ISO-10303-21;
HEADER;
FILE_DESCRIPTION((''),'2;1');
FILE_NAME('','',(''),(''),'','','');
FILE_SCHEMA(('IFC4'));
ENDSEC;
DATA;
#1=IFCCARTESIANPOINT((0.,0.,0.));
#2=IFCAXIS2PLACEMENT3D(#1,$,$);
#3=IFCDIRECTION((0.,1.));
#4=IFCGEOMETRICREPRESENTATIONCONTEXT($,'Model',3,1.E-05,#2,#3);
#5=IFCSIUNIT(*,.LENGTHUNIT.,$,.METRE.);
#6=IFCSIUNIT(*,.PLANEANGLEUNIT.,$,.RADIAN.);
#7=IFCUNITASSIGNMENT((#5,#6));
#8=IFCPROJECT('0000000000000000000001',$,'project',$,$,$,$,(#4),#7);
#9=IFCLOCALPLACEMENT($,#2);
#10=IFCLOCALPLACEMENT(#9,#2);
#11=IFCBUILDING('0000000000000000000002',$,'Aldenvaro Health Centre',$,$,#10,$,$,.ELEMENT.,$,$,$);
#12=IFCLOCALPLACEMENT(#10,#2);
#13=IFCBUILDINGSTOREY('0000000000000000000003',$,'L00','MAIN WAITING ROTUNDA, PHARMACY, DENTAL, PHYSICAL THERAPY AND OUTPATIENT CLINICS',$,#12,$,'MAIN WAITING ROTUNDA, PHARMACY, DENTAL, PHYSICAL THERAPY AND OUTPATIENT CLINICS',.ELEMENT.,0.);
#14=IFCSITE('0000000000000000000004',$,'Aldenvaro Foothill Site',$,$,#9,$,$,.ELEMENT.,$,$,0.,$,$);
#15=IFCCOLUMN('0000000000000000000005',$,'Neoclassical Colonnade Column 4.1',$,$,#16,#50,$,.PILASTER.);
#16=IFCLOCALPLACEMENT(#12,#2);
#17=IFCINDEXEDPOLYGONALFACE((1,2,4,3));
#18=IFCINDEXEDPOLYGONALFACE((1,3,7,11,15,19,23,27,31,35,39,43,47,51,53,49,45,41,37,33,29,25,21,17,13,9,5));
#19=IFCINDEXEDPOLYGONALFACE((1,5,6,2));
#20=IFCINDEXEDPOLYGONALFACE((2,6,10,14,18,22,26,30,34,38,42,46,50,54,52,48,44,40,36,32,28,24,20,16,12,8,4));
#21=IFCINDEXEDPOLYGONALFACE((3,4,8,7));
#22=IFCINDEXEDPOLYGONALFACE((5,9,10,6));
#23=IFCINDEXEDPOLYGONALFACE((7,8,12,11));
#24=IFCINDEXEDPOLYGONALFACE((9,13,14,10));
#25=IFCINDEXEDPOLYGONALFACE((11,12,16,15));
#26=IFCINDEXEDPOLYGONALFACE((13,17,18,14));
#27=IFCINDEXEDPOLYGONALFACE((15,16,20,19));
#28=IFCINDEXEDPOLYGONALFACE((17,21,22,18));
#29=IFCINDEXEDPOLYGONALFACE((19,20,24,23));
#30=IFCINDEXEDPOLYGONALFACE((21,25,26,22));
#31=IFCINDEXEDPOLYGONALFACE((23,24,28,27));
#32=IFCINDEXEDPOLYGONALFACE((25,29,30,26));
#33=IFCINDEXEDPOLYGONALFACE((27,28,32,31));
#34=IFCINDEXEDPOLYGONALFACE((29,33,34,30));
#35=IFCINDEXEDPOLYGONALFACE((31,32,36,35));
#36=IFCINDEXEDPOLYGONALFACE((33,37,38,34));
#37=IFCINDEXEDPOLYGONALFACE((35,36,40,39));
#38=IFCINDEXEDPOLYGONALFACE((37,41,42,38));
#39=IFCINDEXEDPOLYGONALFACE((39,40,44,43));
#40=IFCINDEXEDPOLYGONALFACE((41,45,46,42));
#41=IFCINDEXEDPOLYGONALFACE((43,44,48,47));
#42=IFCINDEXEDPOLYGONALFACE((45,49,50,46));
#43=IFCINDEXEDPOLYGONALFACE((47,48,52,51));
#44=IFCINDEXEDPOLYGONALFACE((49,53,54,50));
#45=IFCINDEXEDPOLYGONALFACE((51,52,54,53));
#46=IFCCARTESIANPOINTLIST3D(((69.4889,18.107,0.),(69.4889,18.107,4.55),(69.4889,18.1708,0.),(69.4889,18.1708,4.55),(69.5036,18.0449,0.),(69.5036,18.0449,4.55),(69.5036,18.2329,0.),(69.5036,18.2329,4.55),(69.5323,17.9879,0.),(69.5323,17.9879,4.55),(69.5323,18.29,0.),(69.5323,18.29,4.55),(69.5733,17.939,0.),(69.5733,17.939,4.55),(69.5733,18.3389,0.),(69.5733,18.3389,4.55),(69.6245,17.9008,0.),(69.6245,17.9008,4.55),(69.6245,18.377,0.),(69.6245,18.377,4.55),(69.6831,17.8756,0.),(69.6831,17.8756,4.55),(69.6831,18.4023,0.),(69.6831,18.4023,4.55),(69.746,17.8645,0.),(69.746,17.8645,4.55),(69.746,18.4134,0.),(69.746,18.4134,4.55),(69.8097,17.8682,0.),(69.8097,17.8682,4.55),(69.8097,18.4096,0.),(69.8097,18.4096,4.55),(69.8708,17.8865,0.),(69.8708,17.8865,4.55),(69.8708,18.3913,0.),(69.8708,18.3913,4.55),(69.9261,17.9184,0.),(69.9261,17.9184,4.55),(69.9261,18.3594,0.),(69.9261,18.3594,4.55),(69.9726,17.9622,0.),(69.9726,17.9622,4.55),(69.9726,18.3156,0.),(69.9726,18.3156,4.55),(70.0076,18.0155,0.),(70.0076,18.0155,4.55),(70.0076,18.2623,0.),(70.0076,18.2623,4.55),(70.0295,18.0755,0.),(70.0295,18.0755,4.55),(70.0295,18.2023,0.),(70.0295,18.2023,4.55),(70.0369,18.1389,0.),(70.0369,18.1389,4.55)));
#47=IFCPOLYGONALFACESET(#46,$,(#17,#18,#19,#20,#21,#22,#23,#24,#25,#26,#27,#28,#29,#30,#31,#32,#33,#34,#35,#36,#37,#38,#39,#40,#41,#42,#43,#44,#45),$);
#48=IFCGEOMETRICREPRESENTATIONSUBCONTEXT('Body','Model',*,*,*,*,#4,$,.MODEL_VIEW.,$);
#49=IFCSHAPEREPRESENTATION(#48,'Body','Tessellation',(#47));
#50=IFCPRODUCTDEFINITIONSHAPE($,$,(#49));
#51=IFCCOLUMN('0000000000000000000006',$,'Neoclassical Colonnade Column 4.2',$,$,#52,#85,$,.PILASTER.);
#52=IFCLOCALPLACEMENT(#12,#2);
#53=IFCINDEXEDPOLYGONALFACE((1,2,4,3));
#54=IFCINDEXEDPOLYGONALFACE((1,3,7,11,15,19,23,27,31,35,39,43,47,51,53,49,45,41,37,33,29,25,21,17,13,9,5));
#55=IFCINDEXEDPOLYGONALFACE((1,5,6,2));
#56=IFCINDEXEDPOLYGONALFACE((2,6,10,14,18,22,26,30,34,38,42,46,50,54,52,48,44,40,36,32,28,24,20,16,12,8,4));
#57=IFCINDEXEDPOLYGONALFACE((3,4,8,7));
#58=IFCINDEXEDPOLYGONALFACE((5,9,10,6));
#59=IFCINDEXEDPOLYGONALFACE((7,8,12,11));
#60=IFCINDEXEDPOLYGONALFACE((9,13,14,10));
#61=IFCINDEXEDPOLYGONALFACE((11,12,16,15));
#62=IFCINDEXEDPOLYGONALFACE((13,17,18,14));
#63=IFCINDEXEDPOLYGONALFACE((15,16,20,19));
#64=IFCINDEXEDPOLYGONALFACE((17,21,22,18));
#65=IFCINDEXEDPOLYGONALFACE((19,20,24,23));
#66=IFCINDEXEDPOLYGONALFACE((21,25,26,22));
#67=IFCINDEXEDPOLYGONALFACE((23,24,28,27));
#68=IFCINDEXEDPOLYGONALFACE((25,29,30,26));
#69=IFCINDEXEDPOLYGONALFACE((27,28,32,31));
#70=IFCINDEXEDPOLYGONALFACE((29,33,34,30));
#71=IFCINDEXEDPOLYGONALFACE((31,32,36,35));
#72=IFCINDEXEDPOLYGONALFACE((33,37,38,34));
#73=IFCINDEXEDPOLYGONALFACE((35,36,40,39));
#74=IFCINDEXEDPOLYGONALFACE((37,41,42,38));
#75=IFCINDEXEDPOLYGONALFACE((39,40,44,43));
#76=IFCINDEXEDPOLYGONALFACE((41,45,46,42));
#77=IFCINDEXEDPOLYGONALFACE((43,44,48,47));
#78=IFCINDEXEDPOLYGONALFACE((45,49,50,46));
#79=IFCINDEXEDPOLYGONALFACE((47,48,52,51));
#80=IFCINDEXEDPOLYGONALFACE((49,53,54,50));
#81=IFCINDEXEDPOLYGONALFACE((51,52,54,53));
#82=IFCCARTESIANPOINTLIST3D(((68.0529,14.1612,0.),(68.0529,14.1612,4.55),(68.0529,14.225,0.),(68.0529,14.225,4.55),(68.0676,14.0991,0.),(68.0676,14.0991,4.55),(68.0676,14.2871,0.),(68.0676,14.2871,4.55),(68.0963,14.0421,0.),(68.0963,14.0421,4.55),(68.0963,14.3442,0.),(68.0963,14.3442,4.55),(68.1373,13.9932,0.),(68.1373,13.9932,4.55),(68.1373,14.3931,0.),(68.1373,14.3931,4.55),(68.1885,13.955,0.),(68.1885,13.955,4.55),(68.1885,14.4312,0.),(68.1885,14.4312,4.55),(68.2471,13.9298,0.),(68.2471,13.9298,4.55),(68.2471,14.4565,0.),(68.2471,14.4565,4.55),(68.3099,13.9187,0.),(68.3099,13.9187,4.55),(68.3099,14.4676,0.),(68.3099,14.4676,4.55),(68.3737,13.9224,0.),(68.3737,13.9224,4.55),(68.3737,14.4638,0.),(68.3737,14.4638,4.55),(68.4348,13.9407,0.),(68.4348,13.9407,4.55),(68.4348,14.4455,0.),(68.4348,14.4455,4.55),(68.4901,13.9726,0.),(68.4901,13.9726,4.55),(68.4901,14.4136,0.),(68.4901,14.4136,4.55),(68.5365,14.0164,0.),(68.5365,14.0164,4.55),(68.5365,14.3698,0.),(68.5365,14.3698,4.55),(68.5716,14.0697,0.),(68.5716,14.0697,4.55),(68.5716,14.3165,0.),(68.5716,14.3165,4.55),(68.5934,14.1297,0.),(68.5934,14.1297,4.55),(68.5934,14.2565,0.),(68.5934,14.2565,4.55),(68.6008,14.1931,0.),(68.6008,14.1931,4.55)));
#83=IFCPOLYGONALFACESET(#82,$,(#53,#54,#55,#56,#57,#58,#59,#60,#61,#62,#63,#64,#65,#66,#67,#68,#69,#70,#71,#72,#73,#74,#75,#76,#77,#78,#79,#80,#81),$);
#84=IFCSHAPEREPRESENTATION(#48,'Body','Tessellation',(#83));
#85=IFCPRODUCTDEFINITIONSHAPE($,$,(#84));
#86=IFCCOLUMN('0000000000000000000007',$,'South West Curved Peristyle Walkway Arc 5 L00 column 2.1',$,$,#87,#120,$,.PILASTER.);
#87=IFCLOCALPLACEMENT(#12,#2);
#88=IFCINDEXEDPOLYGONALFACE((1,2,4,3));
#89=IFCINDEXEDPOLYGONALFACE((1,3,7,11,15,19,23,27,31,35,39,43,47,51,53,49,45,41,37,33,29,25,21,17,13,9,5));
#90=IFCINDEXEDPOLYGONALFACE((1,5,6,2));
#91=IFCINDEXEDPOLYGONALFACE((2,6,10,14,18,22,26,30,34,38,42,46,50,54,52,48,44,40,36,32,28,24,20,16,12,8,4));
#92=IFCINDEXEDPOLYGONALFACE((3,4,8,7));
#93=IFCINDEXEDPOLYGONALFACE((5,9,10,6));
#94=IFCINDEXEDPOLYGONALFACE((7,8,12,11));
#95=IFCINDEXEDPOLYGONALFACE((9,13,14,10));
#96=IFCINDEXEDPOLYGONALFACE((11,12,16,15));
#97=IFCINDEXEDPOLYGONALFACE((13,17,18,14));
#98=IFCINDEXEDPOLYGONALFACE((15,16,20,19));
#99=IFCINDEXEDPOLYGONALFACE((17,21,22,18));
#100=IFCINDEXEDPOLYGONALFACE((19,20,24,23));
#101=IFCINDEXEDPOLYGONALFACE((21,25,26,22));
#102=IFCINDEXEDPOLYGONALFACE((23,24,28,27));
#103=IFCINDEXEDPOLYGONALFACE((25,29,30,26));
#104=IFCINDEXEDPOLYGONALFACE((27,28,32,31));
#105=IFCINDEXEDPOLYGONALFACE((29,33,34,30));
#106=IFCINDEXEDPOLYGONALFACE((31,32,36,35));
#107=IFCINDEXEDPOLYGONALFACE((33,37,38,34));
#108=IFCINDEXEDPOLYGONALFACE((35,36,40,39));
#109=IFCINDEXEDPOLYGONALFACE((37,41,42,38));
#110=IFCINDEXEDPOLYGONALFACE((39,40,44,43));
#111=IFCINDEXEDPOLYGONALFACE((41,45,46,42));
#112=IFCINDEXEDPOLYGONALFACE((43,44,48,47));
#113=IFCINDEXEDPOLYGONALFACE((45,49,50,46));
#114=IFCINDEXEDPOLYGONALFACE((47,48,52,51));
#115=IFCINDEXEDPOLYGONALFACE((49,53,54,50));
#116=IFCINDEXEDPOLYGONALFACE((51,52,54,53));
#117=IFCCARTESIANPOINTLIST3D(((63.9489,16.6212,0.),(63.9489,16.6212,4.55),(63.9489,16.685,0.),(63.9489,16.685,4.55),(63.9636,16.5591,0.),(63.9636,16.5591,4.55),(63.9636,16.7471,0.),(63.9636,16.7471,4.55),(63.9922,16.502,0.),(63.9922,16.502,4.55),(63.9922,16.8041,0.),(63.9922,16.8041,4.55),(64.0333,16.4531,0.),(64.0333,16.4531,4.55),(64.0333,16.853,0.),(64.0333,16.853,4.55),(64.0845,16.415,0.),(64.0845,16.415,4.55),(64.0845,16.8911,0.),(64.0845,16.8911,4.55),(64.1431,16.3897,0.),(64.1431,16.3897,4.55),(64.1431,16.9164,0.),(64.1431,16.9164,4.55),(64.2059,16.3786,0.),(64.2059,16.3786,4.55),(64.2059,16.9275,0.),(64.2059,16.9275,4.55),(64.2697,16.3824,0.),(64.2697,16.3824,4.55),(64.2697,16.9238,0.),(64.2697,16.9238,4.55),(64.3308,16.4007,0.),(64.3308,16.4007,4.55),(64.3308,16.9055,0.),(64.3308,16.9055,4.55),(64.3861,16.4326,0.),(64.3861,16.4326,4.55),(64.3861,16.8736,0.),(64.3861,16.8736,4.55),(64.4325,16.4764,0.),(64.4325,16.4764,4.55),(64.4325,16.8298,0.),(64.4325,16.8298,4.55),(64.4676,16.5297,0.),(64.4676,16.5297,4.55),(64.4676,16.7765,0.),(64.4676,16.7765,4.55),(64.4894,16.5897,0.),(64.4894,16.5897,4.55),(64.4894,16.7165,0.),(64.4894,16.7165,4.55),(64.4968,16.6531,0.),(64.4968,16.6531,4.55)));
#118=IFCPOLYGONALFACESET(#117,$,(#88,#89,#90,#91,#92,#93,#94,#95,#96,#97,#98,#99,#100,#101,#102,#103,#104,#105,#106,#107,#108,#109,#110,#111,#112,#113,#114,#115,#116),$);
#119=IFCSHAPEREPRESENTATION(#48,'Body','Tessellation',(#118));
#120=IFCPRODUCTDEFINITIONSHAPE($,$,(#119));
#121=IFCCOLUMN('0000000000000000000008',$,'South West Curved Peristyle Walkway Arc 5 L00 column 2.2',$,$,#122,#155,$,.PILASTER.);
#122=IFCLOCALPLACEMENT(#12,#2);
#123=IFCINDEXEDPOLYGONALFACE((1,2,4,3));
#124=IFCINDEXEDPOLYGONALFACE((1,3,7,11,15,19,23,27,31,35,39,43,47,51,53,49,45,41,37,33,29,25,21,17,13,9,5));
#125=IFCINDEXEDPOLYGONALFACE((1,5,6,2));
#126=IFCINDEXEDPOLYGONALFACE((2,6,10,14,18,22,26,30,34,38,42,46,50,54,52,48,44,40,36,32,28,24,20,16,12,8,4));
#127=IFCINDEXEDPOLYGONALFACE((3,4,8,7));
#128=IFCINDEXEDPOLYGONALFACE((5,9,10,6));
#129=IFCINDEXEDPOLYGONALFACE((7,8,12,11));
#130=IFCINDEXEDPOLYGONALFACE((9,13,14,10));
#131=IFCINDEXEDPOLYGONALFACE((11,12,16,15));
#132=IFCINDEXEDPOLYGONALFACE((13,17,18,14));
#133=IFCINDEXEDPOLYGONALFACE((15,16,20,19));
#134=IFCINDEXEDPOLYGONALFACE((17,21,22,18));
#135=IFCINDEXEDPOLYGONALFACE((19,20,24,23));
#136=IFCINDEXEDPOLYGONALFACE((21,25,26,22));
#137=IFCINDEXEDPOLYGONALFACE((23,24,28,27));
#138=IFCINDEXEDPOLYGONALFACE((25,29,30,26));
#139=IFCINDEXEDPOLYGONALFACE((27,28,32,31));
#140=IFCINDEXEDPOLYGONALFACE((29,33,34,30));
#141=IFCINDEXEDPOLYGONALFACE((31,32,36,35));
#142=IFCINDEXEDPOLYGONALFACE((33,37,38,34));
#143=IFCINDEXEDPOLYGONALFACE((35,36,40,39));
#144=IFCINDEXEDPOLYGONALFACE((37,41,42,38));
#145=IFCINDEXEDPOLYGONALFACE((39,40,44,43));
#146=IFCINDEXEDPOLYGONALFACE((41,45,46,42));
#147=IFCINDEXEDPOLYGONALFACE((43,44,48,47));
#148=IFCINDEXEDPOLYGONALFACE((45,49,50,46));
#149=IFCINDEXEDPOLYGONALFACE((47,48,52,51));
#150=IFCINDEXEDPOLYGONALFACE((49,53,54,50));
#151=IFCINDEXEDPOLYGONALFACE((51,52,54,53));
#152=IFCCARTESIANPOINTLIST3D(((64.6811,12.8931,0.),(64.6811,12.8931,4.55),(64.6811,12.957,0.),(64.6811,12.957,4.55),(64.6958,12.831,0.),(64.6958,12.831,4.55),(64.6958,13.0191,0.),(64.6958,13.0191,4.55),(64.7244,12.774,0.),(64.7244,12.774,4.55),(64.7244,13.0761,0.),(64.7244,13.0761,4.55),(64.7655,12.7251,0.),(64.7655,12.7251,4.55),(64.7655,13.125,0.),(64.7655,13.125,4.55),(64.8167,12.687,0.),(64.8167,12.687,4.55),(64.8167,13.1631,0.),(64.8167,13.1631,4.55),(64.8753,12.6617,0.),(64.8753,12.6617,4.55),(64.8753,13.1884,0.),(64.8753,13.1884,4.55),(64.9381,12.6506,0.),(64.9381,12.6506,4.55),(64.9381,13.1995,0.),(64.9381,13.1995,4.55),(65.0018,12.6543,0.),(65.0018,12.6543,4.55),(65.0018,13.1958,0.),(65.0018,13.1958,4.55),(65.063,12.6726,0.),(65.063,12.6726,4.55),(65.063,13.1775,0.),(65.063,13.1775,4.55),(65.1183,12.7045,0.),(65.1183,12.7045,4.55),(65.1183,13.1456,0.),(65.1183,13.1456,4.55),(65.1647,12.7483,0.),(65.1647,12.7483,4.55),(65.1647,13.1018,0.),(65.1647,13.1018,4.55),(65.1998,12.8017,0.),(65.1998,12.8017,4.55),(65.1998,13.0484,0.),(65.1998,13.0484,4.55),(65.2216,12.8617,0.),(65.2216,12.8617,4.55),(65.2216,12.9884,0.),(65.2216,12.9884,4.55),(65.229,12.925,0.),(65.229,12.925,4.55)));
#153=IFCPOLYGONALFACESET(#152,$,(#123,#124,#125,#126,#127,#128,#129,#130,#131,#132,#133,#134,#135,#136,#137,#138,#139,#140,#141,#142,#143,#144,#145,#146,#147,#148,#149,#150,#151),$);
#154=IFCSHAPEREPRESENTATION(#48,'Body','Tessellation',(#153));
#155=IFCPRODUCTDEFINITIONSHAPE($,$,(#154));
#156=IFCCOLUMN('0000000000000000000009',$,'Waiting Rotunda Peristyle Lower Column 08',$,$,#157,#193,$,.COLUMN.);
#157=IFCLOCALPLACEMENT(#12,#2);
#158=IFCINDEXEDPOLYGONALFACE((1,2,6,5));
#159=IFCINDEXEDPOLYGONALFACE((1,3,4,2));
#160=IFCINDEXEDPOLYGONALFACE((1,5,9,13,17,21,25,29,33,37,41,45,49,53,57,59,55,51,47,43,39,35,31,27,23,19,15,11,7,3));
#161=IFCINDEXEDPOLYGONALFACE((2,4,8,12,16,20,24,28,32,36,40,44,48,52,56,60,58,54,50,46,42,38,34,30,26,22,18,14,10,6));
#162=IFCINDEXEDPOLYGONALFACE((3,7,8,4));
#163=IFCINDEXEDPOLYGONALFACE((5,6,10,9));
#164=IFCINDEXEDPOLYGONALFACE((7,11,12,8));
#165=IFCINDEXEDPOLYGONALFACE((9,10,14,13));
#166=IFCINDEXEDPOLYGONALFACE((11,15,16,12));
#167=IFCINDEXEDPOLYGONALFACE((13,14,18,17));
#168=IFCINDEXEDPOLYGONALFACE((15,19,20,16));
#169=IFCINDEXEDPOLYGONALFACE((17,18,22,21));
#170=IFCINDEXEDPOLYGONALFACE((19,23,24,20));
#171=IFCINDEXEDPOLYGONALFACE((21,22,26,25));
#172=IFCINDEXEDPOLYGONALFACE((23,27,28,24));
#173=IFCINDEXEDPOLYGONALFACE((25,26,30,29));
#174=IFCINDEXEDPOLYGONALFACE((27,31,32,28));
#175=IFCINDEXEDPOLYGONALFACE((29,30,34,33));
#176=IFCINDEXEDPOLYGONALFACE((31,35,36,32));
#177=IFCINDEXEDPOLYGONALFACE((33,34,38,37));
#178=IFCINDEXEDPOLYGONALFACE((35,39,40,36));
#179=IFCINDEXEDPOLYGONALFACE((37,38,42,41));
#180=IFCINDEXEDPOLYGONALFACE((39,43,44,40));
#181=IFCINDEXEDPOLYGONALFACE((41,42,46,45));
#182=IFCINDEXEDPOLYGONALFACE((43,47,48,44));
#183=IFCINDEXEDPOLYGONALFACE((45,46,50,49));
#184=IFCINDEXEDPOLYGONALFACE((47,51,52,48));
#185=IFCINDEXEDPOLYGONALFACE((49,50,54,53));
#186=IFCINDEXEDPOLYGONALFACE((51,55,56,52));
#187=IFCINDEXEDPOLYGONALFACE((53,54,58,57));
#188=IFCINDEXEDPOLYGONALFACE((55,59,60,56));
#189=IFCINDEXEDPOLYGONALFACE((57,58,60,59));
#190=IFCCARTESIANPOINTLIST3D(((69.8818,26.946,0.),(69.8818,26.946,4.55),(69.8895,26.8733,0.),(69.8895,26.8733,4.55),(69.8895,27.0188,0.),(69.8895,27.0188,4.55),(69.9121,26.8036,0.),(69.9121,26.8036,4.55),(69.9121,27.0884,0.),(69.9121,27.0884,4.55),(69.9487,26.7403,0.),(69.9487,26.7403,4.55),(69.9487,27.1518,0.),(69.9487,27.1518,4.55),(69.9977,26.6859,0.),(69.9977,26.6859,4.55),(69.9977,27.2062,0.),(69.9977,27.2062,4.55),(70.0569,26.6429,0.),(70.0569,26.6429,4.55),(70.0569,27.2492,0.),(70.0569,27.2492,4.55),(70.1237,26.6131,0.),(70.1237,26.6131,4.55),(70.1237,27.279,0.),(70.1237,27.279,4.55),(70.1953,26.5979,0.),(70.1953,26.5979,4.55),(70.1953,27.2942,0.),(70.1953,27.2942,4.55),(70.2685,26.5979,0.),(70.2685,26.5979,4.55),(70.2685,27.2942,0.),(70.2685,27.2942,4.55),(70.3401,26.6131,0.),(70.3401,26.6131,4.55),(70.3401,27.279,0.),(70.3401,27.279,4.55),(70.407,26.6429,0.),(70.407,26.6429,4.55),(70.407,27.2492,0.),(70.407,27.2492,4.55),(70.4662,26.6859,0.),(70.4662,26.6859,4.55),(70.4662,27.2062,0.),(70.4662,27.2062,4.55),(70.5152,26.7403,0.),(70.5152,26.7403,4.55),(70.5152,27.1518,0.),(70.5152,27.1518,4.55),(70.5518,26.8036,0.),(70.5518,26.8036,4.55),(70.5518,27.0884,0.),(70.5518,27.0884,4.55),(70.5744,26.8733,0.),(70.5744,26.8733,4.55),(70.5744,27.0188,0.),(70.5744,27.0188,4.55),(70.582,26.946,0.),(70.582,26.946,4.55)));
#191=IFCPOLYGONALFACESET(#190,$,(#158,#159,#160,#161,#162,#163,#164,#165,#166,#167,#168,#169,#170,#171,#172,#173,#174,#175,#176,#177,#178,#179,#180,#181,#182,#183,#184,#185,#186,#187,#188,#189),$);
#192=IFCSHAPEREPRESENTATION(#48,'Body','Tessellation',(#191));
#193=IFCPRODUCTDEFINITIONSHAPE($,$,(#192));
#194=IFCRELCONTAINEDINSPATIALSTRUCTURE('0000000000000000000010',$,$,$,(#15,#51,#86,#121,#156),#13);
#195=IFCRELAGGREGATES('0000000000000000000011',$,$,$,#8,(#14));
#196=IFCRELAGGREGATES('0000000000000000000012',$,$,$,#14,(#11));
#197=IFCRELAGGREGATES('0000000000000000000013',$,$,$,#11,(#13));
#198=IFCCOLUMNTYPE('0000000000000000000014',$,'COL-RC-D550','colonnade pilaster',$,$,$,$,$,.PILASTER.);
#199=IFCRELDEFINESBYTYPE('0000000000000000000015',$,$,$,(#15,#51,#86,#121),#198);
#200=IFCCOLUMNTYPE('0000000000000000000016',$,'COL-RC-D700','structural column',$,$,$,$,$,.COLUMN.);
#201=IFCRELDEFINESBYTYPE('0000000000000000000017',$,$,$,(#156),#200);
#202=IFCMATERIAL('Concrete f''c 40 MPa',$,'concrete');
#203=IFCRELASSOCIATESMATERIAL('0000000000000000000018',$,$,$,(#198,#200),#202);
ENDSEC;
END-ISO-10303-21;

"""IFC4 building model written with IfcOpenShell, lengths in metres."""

from ifc_helpers import new_model, si_unit, direction, frame, origin, origin_2d, place, context, subcontext, project, spatial, circle, extrude, material, material_profile, profile_set, type_object, element, save


model = new_model("IFC4")

# Units and contexts
model_context = context("Model", 3, precision=1e-05, world=origin(), true_north=direction((0.0, 1.0)))
body_context = subcontext(model_context, "Body", "Model", "MODEL_VIEW")
ifc_project = project(units=[si_unit("LENGTHUNIT", "METRE"), si_unit("PLANEANGLEUNIT", "RADIAN")], contexts=[model_context])

# Site, building, storey
site_placement = place(None, origin())
site = spatial("IfcSite", under=ifc_project, at=site_placement, Name="Aldenvaro Foothill Site", CompositionType="ELEMENT", RefElevation=0.0)
building_placement = place(site_placement, origin())
building = spatial("IfcBuilding", under=site, at=building_placement, Name="Aldenvaro Health Centre", CompositionType="ELEMENT")
storey_placement = place(building_placement, origin())
storey = spatial("IfcBuildingStorey", under=building, at=storey_placement, Name="L00", Description="MAIN WAITING ROTUNDA, PHARMACY, DENTAL, PHYSICAL THERAPY AND OUTPATIENT CLINICS", LongName="MAIN WAITING ROTUNDA, PHARMACY, DENTAL, PHYSICAL THERAPY AND OUTPATIENT CLINICS", CompositionType="ELEMENT", Elevation=0.0)

# Columns
ifc_material_1 = material(Name="Concrete f'c 40 MPa", Category="concrete")
ifc_material_profile_1 = material_profile(ifc_material_1, circle(Radius=0.2749, at=origin_2d()), Name="RC D550", Category="concrete")
ifc_profile_set_1 = profile_set([ifc_material_profile_1], Name="Concrete f'c 40 MPa")
column_type_1 = type_object("IfcColumnType", Name="COL-RC-D550", Description="colonnade pilaster", PredefinedType="PILASTER", material=ifc_profile_set_1)
for number, where, z_axis, x_axis, name in (
    (1, (69.762, 18.1389, 0.0), (0.0, 0.0, 1.0), (1.0, 0.0, 0.0), "Neoclassical Colonnade Column 4.1"),
    (2, (68.3259, 14.1931, 0.0), (0.0, 0.0, 1.0), (1.0, 0.0, 0.0), "Neoclassical Colonnade Column 4.2"),
    (3, (64.2219, 16.6531, 0.0), (0.0, 0.0, 1.0), (1.0, 0.0, 0.0), "South West Curved Peristyle Walkway Arc 5 L00 column 2.1"),
    (4, (64.9541, 12.925, 0.0), (0.0, 0.0, 1.0), (1.0, 0.0, 0.0), "South West Curved Peristyle Walkway Arc 5 L00 column 2.2"),
):
    element("IfcColumn", number, at=place(storey_placement, frame(where, z_axis=z_axis, x_axis=x_axis)), inside=storey, type_object=column_type_1, Name=name, PredefinedType="PILASTER", context=body_context, shape_type="SweptSolid", body=[
        extrude(circle(Radius=0.2749, at=origin_2d()), origin(), (0.0, 0.0, 1.0), 4.55),
    ])
ifc_material_profile_2 = material_profile(ifc_material_1, circle(Radius=0.3501, at=origin_2d()), Name="RC D700", Category="concrete")
ifc_profile_set_2 = profile_set([ifc_material_profile_2], Name="Concrete f'c 40 MPa")
column_type_2 = type_object("IfcColumnType", Name="COL-RC-D700", Description="structural column", PredefinedType="COLUMN", material=ifc_profile_set_2)
for number, where, z_axis, x_axis, name in (
    (5, (70.2319, 26.946, 0.0), (0.0, 0.0, 1.0), (1.0, 0.0, 0.0), "Waiting Rotunda Peristyle Lower Column 08"),
):
    element("IfcColumn", number, at=place(storey_placement, frame(where, z_axis=z_axis, x_axis=x_axis)), inside=storey, type_object=column_type_2, Name=name, PredefinedType="COLUMN", context=body_context, shape_type="SweptSolid", body=[
        extrude(circle(Radius=0.3501, at=origin_2d()), origin(), (0.0, 0.0, 1.0), 4.55),
    ])

save(model, "model.ifc")
